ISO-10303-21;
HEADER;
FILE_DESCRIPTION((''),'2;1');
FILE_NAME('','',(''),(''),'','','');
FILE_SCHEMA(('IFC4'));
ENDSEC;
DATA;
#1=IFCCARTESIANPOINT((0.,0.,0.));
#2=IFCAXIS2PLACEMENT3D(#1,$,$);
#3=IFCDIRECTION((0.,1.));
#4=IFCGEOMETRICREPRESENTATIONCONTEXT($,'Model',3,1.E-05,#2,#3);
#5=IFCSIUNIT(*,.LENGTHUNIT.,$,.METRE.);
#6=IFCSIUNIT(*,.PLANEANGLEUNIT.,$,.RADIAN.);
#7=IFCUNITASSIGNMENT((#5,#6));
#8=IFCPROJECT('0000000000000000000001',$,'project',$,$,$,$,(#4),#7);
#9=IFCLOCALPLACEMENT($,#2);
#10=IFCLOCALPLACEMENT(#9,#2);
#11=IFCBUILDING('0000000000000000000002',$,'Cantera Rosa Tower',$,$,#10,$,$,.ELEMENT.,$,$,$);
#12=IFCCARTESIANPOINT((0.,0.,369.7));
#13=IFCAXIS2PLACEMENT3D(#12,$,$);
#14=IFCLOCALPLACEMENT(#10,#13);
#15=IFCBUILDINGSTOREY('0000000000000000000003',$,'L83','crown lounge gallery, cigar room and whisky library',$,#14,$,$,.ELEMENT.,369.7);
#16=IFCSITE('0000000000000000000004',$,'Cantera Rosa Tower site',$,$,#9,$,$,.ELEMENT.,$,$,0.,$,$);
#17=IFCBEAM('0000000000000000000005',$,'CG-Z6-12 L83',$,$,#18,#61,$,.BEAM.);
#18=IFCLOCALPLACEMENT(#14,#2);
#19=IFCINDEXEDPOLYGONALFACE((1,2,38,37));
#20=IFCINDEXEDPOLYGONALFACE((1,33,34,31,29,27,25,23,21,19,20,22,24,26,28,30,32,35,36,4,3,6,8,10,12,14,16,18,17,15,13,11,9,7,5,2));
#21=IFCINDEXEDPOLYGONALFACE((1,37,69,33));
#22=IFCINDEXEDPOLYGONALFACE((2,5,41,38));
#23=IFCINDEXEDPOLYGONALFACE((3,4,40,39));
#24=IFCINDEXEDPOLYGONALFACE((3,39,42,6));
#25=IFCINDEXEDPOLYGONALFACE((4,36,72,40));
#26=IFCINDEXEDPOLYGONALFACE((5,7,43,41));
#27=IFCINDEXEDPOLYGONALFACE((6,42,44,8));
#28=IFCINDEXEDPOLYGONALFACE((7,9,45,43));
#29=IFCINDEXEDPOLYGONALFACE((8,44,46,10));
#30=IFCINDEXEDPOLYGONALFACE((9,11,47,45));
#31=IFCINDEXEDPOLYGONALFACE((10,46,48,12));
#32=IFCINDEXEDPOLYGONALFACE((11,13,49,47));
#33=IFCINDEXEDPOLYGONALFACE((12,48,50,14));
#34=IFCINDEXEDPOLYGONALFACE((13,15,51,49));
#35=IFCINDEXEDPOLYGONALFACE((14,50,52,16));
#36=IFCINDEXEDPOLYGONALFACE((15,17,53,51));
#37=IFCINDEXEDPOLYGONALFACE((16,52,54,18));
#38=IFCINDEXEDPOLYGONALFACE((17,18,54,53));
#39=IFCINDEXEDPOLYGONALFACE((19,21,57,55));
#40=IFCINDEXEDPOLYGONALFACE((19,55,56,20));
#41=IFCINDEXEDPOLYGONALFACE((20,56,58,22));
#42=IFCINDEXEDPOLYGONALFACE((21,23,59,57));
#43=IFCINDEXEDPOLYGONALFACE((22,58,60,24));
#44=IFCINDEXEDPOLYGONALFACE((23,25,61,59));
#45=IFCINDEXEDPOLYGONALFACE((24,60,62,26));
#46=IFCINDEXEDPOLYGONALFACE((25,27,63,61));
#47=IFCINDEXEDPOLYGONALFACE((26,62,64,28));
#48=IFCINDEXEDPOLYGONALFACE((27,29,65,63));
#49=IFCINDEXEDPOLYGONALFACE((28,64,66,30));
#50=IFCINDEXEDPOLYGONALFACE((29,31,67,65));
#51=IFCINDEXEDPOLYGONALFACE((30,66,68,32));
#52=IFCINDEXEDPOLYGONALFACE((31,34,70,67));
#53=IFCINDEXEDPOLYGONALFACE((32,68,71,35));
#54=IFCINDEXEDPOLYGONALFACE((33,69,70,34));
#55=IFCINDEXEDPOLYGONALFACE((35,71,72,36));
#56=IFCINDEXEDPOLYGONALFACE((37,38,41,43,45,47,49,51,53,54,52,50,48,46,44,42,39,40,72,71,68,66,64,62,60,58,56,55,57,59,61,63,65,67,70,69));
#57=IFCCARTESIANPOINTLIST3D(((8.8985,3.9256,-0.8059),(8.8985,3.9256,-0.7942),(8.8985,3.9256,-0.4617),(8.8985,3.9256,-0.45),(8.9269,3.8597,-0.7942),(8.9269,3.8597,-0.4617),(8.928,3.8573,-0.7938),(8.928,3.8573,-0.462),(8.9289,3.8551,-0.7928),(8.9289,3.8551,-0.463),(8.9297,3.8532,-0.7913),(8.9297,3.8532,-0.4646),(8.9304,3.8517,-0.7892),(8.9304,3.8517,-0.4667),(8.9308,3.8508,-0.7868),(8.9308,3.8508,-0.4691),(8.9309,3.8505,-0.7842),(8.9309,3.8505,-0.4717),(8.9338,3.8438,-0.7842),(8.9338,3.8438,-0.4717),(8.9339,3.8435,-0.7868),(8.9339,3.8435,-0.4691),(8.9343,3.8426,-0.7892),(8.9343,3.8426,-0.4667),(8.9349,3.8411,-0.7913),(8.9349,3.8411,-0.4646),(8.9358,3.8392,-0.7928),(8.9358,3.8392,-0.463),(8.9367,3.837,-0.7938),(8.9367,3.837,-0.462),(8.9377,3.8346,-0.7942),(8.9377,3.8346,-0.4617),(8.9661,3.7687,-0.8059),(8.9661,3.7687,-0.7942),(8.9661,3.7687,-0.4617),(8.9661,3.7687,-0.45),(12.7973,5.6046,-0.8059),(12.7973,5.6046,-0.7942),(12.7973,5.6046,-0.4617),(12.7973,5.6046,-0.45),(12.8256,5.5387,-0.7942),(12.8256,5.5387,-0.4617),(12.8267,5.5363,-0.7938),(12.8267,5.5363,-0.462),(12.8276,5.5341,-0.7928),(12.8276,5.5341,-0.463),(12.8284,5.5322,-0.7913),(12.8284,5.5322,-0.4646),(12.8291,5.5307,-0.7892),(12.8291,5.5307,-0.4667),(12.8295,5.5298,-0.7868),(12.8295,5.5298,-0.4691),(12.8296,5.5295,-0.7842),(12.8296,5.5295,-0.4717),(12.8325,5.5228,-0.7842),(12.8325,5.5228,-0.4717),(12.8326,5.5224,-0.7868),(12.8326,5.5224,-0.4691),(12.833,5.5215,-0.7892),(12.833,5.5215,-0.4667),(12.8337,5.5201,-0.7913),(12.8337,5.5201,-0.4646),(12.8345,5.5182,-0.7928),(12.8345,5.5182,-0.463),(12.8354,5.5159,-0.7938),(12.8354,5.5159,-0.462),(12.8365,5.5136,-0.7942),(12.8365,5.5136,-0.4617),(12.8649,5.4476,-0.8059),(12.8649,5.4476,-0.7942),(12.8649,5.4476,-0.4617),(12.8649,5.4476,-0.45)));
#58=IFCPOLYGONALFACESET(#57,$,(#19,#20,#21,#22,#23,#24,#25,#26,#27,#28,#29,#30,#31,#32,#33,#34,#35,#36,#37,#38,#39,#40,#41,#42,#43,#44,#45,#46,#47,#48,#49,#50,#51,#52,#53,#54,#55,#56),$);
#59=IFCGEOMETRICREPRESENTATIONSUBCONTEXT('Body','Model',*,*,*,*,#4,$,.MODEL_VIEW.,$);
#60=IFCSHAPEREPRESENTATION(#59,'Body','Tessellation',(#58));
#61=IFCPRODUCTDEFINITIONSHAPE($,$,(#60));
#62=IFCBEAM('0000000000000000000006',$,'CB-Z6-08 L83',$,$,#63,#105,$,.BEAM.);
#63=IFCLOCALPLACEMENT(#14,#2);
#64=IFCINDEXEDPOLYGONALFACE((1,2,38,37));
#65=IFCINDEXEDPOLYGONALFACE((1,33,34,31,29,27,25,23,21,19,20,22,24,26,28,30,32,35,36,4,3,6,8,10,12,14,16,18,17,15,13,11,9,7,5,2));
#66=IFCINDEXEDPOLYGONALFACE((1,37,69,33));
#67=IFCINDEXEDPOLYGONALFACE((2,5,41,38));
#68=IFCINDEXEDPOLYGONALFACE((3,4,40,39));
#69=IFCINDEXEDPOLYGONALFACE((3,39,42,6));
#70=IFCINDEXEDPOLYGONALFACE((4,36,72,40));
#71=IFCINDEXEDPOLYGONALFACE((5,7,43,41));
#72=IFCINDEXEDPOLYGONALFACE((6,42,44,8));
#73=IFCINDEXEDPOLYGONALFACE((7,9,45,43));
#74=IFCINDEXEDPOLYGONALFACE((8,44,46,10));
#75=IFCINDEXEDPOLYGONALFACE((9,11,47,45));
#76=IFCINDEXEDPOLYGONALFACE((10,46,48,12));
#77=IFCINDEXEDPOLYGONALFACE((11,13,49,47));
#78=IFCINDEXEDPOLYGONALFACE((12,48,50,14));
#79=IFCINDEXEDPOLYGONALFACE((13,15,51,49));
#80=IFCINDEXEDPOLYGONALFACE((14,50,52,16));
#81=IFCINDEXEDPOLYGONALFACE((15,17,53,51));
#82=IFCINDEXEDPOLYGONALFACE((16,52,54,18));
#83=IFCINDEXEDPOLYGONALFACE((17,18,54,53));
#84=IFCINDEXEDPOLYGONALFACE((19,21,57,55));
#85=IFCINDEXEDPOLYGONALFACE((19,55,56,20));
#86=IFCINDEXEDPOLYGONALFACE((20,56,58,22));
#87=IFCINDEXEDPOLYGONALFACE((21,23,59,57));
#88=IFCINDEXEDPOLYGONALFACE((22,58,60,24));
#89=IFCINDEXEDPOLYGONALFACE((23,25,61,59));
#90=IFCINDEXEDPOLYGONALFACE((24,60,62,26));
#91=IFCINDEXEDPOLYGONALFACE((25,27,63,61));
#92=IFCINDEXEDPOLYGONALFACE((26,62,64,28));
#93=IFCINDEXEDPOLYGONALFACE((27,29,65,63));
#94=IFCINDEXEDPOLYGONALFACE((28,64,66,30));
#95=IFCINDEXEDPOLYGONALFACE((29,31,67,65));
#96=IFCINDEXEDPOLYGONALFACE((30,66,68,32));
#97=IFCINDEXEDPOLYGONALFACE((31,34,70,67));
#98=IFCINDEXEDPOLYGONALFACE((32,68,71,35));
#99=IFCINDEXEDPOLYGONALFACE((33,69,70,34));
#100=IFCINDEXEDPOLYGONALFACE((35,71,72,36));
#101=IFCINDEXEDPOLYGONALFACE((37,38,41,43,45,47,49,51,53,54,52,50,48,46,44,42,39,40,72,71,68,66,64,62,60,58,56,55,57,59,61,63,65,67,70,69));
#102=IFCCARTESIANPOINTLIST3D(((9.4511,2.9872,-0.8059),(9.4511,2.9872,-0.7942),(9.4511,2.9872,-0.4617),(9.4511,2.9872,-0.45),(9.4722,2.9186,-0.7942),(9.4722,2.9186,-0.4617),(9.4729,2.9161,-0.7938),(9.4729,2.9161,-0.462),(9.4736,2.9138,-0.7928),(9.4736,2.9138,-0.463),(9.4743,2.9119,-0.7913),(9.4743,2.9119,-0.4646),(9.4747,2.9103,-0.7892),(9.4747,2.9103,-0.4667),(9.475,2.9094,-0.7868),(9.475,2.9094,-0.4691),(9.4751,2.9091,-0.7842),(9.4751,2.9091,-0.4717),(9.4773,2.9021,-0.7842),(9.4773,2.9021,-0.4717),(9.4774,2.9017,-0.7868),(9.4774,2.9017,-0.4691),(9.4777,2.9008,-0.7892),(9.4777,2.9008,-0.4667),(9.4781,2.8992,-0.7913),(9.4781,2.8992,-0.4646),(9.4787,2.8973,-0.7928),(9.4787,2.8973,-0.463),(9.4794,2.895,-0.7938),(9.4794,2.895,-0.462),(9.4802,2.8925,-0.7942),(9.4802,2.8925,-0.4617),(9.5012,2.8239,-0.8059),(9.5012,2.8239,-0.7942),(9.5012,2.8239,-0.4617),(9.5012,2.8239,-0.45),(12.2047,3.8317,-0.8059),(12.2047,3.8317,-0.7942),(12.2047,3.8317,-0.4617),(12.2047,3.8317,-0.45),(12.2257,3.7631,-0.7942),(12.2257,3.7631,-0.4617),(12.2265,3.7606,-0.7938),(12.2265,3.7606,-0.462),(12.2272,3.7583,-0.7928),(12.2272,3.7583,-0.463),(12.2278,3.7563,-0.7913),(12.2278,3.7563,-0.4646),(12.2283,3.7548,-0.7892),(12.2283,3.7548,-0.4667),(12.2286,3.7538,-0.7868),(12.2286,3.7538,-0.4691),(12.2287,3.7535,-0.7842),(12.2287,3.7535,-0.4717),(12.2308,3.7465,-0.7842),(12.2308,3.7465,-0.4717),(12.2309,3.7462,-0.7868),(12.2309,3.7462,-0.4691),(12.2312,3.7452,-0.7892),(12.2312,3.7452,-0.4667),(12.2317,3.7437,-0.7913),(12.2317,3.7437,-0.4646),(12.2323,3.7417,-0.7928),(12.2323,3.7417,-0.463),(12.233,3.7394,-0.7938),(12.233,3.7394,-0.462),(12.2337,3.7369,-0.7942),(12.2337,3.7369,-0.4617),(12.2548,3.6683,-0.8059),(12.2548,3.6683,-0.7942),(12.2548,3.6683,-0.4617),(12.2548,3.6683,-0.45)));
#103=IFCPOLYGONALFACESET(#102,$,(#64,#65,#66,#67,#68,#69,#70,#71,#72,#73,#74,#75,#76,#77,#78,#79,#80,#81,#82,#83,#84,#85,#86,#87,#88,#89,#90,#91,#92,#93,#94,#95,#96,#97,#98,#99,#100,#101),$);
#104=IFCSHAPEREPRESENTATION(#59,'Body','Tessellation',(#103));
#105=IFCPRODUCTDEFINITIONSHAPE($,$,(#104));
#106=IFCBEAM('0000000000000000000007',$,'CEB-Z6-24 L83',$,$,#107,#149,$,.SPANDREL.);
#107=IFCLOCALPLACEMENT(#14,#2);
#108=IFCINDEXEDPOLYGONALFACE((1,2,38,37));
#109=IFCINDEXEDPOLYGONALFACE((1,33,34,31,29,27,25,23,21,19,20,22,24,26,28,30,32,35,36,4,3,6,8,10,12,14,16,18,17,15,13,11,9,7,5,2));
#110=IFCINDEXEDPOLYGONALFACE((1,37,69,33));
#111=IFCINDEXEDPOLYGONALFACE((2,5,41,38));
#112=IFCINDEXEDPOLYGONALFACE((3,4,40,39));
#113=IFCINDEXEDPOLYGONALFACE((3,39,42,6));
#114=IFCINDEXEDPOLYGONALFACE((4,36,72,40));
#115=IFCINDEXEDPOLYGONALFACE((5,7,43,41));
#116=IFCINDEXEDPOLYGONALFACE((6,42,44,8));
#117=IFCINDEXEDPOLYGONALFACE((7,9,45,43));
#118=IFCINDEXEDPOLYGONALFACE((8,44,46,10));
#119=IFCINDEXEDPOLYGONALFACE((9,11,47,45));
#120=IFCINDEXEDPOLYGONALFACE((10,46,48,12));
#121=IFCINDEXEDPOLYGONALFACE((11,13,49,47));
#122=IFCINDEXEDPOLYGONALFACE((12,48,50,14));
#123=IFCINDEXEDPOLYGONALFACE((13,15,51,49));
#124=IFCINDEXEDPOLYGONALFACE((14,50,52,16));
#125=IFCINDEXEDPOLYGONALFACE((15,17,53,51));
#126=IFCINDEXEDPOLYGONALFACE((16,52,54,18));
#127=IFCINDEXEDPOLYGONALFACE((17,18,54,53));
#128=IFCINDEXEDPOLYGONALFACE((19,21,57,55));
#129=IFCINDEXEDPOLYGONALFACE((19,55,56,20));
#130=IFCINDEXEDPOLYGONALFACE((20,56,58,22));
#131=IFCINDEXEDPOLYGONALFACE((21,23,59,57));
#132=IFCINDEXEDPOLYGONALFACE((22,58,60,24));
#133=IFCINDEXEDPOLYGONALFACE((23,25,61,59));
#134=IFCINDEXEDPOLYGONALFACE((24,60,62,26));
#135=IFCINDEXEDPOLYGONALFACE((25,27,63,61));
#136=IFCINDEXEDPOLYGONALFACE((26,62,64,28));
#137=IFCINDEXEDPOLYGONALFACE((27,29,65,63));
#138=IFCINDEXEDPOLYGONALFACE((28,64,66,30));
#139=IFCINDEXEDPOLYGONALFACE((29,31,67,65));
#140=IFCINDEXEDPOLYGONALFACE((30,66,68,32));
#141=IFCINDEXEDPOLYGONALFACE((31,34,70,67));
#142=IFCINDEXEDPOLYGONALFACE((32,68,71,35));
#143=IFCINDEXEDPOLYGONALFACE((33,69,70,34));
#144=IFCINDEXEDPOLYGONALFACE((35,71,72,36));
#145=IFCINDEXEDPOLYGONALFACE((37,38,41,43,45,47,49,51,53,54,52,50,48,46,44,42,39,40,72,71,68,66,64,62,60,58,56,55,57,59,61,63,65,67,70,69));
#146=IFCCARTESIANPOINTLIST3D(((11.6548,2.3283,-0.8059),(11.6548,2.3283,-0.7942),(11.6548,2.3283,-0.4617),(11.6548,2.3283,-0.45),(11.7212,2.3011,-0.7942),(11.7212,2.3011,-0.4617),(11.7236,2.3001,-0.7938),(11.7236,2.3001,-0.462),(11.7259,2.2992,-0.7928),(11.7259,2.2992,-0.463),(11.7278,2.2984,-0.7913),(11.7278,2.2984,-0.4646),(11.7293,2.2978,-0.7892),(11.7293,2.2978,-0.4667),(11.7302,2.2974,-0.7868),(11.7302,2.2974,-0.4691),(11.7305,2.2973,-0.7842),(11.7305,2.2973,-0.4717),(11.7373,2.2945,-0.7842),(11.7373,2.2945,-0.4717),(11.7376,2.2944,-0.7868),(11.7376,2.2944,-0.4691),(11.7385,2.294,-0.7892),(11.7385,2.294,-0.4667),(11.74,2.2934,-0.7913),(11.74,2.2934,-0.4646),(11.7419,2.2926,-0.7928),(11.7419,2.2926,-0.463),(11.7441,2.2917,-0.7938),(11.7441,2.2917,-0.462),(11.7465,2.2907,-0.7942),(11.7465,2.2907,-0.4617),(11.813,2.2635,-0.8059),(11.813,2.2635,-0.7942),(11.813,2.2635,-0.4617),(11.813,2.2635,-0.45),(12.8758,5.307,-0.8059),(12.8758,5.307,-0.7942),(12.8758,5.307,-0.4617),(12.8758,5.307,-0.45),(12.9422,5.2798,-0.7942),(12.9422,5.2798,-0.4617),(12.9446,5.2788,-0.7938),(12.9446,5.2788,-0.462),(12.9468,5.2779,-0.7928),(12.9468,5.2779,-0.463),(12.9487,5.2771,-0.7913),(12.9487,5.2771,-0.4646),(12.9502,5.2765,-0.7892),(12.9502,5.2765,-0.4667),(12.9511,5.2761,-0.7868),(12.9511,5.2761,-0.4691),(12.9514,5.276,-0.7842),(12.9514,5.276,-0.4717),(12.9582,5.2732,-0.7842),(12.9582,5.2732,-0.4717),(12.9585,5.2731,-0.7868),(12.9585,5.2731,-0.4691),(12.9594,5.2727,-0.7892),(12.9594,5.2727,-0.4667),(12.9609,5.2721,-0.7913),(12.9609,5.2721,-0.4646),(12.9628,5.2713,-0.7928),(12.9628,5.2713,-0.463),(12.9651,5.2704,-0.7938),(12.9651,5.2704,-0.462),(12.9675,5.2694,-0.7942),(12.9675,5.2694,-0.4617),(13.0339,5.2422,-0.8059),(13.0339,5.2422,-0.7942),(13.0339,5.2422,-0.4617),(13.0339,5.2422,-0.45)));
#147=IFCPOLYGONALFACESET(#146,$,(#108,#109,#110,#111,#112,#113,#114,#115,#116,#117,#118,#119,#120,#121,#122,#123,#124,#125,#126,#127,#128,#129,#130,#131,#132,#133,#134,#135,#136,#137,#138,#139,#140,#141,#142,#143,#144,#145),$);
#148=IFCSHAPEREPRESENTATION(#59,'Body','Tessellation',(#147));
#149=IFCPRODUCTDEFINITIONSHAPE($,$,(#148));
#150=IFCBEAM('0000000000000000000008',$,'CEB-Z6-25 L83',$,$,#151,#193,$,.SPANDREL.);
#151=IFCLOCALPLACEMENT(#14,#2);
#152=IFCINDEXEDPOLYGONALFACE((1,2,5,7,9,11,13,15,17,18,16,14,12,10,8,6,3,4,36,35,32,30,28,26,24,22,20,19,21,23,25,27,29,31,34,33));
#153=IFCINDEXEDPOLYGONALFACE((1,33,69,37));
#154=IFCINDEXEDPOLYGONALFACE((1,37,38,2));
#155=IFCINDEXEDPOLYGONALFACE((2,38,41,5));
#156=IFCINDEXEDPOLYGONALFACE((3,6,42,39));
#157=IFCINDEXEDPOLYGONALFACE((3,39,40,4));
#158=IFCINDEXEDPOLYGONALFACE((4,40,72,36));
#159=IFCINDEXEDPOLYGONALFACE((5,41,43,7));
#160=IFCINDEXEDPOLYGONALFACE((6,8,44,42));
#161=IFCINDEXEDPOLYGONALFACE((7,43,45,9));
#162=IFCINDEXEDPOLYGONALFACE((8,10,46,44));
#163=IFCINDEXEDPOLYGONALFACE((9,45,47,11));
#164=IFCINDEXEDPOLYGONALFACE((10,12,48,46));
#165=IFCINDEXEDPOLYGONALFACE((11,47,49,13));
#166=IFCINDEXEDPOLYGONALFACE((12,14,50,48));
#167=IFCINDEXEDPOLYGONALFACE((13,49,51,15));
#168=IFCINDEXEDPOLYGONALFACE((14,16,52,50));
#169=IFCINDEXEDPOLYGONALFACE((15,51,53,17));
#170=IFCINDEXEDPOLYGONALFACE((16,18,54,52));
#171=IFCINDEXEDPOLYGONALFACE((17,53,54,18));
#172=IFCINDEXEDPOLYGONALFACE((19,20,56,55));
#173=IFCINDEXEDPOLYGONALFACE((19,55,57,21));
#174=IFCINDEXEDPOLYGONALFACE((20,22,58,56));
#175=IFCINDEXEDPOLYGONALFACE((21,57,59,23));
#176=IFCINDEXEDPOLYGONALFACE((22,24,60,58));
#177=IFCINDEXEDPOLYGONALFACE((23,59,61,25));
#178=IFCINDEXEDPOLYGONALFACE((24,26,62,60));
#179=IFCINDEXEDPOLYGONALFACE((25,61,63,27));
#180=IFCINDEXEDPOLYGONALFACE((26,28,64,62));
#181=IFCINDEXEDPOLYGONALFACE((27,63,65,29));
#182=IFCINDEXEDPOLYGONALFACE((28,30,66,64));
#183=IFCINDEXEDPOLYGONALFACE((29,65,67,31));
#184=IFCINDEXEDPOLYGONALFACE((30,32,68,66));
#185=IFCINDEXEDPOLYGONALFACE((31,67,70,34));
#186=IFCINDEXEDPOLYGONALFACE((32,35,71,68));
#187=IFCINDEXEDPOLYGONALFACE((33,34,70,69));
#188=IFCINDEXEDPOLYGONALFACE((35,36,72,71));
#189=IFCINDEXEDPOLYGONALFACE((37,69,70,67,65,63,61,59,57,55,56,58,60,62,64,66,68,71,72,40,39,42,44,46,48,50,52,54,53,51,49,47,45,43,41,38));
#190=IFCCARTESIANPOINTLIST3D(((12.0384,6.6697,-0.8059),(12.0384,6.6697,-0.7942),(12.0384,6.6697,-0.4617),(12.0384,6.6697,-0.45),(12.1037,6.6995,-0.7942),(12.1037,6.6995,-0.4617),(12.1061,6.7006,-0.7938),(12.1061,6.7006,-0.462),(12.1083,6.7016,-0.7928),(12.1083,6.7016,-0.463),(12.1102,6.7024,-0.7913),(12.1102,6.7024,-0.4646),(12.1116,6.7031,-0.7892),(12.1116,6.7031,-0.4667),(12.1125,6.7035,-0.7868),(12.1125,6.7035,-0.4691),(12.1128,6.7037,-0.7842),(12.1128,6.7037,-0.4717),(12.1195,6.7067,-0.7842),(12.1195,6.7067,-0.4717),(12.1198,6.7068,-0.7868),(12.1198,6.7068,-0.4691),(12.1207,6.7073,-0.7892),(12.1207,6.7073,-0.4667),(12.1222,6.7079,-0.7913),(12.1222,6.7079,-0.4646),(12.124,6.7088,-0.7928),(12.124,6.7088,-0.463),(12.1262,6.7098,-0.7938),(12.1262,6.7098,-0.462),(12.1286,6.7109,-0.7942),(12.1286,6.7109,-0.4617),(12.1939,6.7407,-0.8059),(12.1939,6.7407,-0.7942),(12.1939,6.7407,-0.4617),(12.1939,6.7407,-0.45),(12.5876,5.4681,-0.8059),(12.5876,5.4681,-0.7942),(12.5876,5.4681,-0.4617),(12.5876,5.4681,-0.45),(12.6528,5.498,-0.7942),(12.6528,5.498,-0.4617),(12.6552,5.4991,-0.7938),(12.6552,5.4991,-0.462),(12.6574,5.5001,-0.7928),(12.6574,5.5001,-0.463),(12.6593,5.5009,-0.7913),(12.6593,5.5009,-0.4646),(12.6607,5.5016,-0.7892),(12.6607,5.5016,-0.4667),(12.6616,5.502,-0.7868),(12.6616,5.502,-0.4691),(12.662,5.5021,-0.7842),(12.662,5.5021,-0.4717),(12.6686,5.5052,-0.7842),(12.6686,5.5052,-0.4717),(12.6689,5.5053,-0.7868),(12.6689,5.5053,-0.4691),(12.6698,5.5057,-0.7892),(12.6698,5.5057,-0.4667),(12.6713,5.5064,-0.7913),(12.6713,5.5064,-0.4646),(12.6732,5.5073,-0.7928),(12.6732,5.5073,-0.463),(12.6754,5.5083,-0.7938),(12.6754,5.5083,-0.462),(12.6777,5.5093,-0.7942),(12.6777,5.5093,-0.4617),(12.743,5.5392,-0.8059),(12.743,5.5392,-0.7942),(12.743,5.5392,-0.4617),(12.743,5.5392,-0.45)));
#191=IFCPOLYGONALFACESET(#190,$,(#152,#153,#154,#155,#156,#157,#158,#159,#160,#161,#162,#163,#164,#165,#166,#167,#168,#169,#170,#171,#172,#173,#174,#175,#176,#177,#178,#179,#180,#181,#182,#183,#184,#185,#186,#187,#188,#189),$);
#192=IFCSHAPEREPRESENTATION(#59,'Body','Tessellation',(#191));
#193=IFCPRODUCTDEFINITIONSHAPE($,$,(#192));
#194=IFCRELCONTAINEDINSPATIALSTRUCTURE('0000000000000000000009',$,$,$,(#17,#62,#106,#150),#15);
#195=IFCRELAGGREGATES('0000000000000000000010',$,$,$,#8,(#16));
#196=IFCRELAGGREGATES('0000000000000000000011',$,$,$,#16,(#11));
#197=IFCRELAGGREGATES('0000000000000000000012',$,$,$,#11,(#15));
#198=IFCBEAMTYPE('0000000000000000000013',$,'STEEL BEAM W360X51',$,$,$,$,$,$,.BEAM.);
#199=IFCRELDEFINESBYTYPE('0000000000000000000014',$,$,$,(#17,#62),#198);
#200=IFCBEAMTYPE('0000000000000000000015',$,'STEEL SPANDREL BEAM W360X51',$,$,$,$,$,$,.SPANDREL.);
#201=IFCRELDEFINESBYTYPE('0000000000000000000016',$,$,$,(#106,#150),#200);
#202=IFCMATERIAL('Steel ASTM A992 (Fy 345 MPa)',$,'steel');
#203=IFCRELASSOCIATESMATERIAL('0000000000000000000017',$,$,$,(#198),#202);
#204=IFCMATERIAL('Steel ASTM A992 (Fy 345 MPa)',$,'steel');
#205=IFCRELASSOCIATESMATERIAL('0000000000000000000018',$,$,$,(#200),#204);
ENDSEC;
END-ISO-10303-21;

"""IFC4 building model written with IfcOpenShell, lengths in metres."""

from ifc_helpers import new_model, si_unit, direction, frame, origin, origin_2d, place, context, subcontext, project, spatial, i_section, extrude, material, material_profile, profile_set, type_object, element, save


model = new_model("IFC4")

# Units and contexts
model_context = context("Model", 3, precision=1e-05, world=origin(), true_north=direction((0.0, 1.0)))
body_context = subcontext(model_context, "Body", "Model", "MODEL_VIEW")
ifc_project = project(units=[si_unit("LENGTHUNIT", "METRE"), si_unit("PLANEANGLEUNIT", "RADIAN")], contexts=[model_context])

# Site, building, storey
site_placement = place(None, origin())
site = spatial("IfcSite", under=ifc_project, at=site_placement, Name="Cantera Rosa Tower site", CompositionType="ELEMENT", RefElevation=0.0)
building_placement = place(site_placement, origin())
building = spatial("IfcBuilding", under=site, at=building_placement, Name="Cantera Rosa Tower", CompositionType="ELEMENT")
storey_placement = place(building_placement, frame((0.0, 0.0, 369.7)))
storey = spatial("IfcBuildingStorey", under=building, at=storey_placement, Name="L83", Description="crown lounge gallery, cigar room and whisky library", CompositionType="ELEMENT", Elevation=369.7)

# Beams
ifc_material_1 = material(Name="Steel ASTM A992 (Fy 345 MPa)", Category="steel")
ifc_material_profile_1 = material_profile(ifc_material_1, i_section(OverallWidth=0.1709, OverallDepth=0.356, WebThickness=0.0073, FlangeThickness=0.0117, FilletRadius=0.01, at=origin_2d()), Name="W360X51")
ifc_profile_set_1 = profile_set([ifc_material_profile_1], Name="Steel ASTM A992 (Fy 345 MPa)")
beam_type_1 = type_object("IfcBeamType", Name="STEEL BEAM W360X51", PredefinedType="BEAM", material=ifc_profile_set_1)
beam_1_placement = place(storey_placement, frame((12.8311, 5.5261, -0.6279), z_axis=(-0.918453, -0.395529, 0.0), x_axis=(0.395529, -0.918453, 0.0)))
element("IfcBeam", 1, at=beam_1_placement, inside=storey, type_object=beam_type_1, Name="CG-Z6-12 L83", PredefinedType="BEAM", context=body_context, shape_type="SweptSolid", body=[
    extrude(i_section(OverallWidth=0.1709, OverallDepth=0.356, WebThickness=0.0073, FlangeThickness=0.0117, FilletRadius=0.01, at=origin_2d()), origin(), (0.0, 0.0, 1.0), 4.2449),
])
beam_2_placement = place(storey_placement, frame((12.2297, 3.75, -0.6279), z_axis=(-0.956052, -0.293198, 0.0), x_axis=(0.293198, -0.956052, 0.0)))
element("IfcBeam", 2, at=beam_2_placement, inside=storey, type_object=beam_type_1, Name="CB-Z6-08 L83", PredefinedType="BEAM", context=body_context, shape_type="SweptSolid", body=[
    extrude(i_section(OverallWidth=0.1709, OverallDepth=0.356, WebThickness=0.0073, FlangeThickness=0.0117, FilletRadius=0.01, at=origin_2d()), origin(), (0.0, 0.0, 1.0), 2.8801),
])
ifc_material_2 = material(Name="Steel ASTM A992 (Fy 345 MPa)", Category="steel")
ifc_material_profile_2 = material_profile(ifc_material_2, i_section(OverallWidth=0.1709, OverallDepth=0.356, WebThickness=0.0073, FlangeThickness=0.0117, FilletRadius=0.01, at=origin_2d()), Name="W360X51")
ifc_profile_set_2 = profile_set([ifc_material_profile_2], Name="Steel ASTM A992 (Fy 345 MPa)")
beam_type_2 = type_object("IfcBeamType", Name="STEEL SPANDREL BEAM W360X51", PredefinedType="SPANDREL", material=ifc_profile_set_2)
beam_3_placement = place(storey_placement, frame((11.7339, 2.2959, -0.6279), z_axis=(0.379262, 0.925289, 0.0), x_axis=(-0.925289, 0.379262, 0.0)))
element("IfcBeam", 3, at=beam_3_placement, inside=storey, type_object=beam_type_2, Name="CEB-Z6-24 L83", PredefinedType="SPANDREL", context=body_context, shape_type="SweptSolid", body=[
    extrude(i_section(OverallWidth=0.1709, OverallDepth=0.356, WebThickness=0.0073, FlangeThickness=0.0117, FilletRadius=0.01, at=origin_2d()), origin(), (0.0, 0.0, 1.0), 3.2192),
])
beam_4_placement = place(storey_placement, frame((12.6653, 5.5037, -0.6279), z_axis=(-0.415668, 0.909516, 0.0), x_axis=(-0.909516, -0.415668, 0.0)))
element("IfcBeam", 4, at=beam_4_placement, inside=storey, type_object=beam_type_2, Name="CEB-Z6-25 L83", PredefinedType="SPANDREL", context=body_context, shape_type="SweptSolid", body=[
    extrude(i_section(OverallWidth=0.1709, OverallDepth=0.356, WebThickness=0.0073, FlangeThickness=0.0117, FilletRadius=0.01, at=origin_2d()), origin(), (0.0, 0.0, 1.0), 1.321),
])

save(model, "model.ifc")
